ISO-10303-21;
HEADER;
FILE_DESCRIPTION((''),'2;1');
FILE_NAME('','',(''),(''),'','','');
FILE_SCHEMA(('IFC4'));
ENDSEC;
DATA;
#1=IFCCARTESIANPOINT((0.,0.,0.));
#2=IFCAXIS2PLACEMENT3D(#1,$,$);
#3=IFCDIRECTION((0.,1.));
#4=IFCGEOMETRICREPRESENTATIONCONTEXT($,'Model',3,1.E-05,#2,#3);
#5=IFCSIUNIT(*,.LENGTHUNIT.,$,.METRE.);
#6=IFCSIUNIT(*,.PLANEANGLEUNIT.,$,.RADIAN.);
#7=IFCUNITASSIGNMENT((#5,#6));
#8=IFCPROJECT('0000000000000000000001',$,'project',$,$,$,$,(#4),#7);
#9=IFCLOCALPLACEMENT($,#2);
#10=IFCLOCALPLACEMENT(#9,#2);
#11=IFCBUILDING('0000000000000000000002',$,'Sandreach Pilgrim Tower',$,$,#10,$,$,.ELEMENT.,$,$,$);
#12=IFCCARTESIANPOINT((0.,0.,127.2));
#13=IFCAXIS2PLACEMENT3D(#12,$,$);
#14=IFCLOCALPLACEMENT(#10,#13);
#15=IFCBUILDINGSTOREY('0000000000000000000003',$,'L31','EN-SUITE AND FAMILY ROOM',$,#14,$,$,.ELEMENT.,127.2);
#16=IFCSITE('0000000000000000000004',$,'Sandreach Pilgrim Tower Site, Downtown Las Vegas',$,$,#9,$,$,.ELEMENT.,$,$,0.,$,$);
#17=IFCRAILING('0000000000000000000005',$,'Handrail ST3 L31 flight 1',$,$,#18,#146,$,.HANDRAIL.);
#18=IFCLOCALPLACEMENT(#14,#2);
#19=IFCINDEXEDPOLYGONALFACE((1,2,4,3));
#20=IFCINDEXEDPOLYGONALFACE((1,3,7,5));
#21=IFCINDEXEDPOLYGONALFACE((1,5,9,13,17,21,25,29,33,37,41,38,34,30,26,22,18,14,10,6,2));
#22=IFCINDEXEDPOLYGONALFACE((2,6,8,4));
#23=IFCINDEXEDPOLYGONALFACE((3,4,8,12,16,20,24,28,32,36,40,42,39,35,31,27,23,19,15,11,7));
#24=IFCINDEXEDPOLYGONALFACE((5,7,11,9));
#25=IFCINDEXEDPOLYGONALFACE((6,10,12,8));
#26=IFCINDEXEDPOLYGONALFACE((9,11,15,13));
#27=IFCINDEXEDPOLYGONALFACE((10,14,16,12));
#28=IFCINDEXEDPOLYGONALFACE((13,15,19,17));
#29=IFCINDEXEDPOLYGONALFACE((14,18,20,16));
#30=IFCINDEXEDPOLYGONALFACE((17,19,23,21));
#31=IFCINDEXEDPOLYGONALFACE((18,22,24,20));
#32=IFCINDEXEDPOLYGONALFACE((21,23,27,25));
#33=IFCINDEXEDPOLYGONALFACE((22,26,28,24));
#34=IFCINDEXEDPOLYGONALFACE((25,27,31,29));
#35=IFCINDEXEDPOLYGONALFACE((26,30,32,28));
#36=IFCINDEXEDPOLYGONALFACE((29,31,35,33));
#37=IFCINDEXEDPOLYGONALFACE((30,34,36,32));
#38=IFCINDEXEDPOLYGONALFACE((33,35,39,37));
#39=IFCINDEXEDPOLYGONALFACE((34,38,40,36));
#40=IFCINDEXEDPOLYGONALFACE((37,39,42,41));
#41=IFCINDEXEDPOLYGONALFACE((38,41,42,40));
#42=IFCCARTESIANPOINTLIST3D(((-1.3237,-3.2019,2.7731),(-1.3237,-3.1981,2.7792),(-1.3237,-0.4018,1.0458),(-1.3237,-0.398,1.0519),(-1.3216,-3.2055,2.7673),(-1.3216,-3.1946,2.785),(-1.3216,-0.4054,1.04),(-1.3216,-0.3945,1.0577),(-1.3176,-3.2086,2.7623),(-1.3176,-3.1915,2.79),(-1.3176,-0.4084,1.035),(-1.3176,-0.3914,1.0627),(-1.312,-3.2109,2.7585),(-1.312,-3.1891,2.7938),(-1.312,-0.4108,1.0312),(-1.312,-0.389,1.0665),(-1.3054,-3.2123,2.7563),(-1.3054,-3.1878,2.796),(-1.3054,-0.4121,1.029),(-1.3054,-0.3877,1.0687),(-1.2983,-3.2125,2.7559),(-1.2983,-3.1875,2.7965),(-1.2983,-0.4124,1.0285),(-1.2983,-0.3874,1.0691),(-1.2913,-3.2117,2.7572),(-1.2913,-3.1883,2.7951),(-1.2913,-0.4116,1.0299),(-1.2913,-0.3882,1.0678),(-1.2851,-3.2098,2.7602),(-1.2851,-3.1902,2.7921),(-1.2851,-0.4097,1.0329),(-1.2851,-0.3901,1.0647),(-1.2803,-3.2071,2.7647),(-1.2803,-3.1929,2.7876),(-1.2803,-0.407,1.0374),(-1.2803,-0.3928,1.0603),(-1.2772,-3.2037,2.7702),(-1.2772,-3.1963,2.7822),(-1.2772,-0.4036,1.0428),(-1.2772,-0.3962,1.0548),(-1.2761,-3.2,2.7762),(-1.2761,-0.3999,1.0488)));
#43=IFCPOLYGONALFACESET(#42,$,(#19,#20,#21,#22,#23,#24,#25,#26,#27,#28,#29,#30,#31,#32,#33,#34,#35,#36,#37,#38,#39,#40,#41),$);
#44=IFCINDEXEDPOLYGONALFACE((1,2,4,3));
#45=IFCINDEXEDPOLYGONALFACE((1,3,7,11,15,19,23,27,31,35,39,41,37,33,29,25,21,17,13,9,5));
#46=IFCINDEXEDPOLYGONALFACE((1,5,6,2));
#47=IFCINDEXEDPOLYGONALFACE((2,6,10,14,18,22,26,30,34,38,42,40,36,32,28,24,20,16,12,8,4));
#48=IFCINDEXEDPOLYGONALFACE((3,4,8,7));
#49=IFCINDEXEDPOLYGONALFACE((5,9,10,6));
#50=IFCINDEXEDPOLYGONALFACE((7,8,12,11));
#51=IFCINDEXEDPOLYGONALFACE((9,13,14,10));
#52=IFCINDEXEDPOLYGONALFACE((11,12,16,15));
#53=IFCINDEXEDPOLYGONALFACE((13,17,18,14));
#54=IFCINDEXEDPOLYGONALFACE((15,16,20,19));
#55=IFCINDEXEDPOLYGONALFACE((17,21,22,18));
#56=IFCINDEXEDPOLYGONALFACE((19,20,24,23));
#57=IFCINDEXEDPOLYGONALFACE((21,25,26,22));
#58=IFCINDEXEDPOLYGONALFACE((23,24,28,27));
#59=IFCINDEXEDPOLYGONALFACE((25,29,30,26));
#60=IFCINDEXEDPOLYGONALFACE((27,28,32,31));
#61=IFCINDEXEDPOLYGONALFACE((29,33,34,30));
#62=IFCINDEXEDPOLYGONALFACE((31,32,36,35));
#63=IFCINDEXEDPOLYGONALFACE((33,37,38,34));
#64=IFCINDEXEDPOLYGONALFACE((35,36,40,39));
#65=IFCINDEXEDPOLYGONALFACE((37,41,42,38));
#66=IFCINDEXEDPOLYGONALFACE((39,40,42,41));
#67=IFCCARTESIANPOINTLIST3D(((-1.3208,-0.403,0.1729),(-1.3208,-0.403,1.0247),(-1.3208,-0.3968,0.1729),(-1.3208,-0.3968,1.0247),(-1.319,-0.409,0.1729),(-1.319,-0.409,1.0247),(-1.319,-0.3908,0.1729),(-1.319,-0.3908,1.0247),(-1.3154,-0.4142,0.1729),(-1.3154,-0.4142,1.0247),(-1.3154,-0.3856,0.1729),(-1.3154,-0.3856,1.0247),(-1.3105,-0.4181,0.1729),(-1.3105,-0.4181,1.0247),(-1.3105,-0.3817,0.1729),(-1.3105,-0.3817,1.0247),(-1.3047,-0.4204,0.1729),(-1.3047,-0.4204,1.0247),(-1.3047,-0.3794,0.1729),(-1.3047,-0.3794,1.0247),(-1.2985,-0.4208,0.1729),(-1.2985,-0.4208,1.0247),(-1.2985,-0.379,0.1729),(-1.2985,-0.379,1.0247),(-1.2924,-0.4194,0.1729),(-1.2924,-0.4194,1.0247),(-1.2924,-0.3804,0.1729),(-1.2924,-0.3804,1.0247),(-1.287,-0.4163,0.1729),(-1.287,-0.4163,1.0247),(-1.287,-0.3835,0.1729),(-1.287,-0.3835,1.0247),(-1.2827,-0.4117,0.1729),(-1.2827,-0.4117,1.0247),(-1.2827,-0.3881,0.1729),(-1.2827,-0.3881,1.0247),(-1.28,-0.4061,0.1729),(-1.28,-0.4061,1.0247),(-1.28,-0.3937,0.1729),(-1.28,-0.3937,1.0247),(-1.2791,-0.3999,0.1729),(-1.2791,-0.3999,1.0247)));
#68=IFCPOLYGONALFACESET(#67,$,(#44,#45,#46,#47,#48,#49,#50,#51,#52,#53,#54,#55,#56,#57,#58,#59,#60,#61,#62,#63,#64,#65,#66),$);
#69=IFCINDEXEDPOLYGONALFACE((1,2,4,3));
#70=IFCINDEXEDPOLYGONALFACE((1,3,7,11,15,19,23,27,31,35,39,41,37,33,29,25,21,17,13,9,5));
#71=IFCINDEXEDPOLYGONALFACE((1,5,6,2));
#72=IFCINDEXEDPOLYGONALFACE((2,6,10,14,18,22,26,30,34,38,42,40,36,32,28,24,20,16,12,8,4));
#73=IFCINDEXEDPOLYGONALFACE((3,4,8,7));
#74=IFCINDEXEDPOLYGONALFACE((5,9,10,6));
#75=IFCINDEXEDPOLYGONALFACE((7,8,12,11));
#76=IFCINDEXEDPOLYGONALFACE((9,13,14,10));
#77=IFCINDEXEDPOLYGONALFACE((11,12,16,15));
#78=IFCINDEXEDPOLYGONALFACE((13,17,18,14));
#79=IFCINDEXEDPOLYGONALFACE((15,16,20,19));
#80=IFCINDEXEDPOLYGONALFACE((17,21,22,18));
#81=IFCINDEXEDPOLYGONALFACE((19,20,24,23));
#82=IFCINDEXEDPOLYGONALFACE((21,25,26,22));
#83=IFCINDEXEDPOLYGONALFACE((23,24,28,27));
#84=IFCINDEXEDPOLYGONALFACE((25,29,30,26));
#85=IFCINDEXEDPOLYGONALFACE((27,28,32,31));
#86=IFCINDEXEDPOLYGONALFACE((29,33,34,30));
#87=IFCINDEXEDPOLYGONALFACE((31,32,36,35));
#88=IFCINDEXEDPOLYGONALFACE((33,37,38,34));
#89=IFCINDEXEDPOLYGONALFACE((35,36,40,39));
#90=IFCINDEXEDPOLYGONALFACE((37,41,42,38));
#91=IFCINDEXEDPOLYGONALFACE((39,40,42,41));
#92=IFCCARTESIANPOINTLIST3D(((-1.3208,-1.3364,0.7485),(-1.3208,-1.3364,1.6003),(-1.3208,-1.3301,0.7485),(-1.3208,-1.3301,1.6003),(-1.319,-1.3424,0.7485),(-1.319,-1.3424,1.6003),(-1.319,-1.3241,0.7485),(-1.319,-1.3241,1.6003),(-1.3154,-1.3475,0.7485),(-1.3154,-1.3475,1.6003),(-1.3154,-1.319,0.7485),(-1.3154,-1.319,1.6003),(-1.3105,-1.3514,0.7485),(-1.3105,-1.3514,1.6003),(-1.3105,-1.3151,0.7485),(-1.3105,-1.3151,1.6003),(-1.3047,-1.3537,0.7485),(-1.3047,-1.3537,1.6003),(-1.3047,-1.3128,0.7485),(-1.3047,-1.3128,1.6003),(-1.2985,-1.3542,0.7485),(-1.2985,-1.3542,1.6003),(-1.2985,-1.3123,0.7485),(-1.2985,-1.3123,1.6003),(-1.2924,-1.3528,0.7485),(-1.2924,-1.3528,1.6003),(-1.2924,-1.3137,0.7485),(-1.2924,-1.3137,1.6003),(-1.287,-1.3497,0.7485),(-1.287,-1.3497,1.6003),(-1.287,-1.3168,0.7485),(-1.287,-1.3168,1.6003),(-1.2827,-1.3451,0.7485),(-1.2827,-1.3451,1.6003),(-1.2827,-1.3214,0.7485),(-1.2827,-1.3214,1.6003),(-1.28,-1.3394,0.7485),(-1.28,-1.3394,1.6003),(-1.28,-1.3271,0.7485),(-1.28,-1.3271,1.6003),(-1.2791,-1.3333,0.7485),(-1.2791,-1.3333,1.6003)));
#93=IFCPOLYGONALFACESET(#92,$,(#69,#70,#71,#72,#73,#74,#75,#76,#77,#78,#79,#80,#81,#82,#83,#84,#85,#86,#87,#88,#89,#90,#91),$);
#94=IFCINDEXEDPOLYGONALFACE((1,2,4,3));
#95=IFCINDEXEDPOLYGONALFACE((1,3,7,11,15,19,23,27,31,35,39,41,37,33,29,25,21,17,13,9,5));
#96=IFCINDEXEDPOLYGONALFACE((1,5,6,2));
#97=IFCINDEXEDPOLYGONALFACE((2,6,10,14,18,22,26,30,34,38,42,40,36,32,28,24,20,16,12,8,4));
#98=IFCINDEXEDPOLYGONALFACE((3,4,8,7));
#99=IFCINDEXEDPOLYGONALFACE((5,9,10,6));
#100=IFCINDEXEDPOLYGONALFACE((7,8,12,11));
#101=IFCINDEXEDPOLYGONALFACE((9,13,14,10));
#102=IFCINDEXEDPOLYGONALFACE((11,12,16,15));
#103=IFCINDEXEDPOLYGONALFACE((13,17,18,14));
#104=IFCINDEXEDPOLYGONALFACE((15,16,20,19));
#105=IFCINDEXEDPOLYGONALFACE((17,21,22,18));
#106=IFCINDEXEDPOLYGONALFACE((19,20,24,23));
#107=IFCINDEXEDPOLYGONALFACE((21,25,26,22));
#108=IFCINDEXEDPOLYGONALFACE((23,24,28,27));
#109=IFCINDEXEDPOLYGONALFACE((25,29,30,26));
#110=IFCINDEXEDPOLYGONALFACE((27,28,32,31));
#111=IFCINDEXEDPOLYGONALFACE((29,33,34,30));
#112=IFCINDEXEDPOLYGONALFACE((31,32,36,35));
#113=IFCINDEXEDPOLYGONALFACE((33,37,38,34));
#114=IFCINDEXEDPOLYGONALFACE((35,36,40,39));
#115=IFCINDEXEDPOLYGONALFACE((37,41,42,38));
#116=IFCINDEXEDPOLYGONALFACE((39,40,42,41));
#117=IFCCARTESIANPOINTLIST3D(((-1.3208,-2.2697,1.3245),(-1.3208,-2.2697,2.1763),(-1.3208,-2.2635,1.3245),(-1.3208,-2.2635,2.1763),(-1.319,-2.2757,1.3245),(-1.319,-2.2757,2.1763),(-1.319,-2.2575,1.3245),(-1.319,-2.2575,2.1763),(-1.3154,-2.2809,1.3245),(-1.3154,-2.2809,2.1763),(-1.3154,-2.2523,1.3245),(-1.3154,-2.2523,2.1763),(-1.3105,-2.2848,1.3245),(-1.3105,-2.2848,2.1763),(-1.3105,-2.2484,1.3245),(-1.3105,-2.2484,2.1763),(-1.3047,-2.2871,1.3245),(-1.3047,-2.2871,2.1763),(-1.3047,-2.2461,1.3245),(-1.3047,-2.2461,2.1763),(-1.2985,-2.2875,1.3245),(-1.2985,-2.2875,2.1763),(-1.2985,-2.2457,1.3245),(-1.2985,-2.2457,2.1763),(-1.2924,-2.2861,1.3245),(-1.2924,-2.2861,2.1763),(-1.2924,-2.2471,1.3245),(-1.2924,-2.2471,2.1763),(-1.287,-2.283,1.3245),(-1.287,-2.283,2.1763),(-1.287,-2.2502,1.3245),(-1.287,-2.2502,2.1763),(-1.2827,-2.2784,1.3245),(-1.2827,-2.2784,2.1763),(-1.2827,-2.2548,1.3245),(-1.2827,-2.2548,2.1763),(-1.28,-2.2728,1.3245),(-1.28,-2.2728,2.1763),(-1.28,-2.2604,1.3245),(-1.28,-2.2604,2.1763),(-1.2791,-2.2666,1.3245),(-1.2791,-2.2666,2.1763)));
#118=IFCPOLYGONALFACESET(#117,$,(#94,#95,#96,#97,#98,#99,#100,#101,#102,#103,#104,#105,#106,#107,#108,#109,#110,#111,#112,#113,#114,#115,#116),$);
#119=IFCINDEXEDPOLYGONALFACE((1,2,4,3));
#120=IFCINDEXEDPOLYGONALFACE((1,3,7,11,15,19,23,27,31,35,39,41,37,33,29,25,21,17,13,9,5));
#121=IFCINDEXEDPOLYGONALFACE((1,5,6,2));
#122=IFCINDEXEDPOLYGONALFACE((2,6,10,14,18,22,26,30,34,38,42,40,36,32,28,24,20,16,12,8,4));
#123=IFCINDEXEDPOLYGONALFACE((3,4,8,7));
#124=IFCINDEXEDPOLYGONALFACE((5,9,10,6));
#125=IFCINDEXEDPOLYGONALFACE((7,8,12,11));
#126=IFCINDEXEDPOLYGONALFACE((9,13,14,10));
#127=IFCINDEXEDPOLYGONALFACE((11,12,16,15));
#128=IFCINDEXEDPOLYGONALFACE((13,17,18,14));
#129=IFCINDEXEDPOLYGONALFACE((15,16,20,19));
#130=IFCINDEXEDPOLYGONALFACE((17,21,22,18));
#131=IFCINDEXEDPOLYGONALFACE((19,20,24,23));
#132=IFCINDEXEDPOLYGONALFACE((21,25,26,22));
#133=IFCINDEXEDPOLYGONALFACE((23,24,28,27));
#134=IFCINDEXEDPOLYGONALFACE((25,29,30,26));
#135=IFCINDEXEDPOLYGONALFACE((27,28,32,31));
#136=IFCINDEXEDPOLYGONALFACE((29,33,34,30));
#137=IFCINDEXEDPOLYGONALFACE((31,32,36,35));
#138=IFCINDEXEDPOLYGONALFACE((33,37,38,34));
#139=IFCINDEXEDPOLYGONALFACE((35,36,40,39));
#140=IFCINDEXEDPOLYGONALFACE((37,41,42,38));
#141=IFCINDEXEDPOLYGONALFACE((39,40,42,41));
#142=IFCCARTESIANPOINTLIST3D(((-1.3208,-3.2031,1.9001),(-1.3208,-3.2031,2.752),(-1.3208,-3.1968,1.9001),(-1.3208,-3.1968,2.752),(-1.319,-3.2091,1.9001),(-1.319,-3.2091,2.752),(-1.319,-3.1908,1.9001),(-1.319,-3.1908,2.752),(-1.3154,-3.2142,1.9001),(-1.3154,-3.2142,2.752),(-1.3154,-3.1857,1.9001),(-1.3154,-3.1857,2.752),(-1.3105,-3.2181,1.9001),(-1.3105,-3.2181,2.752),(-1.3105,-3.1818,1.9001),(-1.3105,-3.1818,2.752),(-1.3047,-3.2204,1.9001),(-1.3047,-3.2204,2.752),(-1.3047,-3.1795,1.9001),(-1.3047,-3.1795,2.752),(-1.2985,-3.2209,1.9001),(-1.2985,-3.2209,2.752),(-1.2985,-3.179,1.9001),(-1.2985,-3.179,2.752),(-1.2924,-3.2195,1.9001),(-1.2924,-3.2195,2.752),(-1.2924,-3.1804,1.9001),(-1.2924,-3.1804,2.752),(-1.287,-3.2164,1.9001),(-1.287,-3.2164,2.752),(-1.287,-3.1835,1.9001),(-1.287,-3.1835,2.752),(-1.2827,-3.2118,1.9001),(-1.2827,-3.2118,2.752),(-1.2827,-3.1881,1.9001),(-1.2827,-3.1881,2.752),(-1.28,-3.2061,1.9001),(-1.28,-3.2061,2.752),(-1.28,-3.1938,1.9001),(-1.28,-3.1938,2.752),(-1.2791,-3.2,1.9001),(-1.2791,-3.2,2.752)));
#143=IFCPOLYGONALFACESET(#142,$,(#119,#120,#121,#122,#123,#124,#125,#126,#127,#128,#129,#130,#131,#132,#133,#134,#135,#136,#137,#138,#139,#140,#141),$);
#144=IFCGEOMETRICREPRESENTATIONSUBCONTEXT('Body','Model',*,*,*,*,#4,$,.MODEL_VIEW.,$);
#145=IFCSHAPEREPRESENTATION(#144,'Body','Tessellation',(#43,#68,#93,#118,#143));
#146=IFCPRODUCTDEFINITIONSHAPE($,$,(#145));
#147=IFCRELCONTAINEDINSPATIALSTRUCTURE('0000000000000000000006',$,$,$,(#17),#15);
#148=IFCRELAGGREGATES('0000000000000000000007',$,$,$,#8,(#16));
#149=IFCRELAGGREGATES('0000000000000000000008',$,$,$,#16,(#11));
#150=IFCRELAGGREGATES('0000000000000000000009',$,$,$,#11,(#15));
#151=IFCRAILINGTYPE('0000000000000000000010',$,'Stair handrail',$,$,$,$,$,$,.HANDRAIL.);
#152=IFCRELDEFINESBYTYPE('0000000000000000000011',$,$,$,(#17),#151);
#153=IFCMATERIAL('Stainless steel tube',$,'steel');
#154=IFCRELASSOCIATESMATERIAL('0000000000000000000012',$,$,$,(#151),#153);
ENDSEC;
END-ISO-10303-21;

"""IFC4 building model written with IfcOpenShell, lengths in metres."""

from ifc_helpers import new_model, si_unit, direction, frame, origin, origin_2d, place, context, subcontext, project, spatial, circle, extrude, material, type_object, element, save


model = new_model("IFC4")

# Units and contexts
model_context = context("Model", 3, precision=1e-05, world=origin(), true_north=direction((0.0, 1.0)))
body_context = subcontext(model_context, "Body", "Model", "MODEL_VIEW")
ifc_project = project(units=[si_unit("LENGTHUNIT", "METRE"), si_unit("PLANEANGLEUNIT", "RADIAN")], contexts=[model_context])

# Site, building, storey
site_placement = place(None, origin())
site = spatial("IfcSite", under=ifc_project, at=site_placement, Name="Sandreach Pilgrim Tower Site, Downtown Las Vegas", CompositionType="ELEMENT", RefElevation=0.0)
building_placement = place(site_placement, origin())
building = spatial("IfcBuilding", under=site, at=building_placement, Name="Sandreach Pilgrim Tower", CompositionType="ELEMENT")
storey_placement = place(building_placement, frame((0.0, 0.0, 127.2)))
storey = spatial("IfcBuildingStorey", under=building, at=storey_placement, Name="L31", Description="EN-SUITE AND FAMILY ROOM", CompositionType="ELEMENT", Elevation=127.2)

# Railing
ifc_material_1 = material(Name="Stainless steel tube", Category="steel")
railing_type = type_object("IfcRailingType", Name="Stair handrail", PredefinedType="HANDRAIL", material=ifc_material_1)
for number, where, name in (
    (1, (-1.3, -0.3999, 0.1729), "Handrail ST3 L31 flight 1"),
):
    element("IfcRailing", number, at=place(storey_placement, frame(where)), inside=storey, type_object=railing_type, Name=name, PredefinedType="HANDRAIL", context=body_context, shape_type="SweptSolid", body=[
        extrude(circle(Radius=0.0239, at=origin_2d()), frame((0.0, 0.0, 0.876), z_axis=(0.0, -0.85109, 0.52502), x_axis=(1.0, 0.0, 0.0)), (0.0, 0.0, 1.0), 3.29),
        extrude(circle(Radius=0.021, at=origin_2d()), origin(), (0.0, 0.0, 1.0), 0.8518),
        extrude(circle(Radius=0.021, at=origin_2d()), frame((0.0, -0.9333, 0.5757)), (0.0, 0.0, 1.0), 0.8518),
        extrude(circle(Radius=0.021, at=origin_2d()), frame((0.0, -1.8667, 1.1516)), (0.0, 0.0, 1.0), 0.8518),
        extrude(circle(Radius=0.021, at=origin_2d()), frame((0.0, -2.8, 1.7273)), (0.0, 0.0, 1.0), 0.8518),
    ])

save(model, "model.ifc")
